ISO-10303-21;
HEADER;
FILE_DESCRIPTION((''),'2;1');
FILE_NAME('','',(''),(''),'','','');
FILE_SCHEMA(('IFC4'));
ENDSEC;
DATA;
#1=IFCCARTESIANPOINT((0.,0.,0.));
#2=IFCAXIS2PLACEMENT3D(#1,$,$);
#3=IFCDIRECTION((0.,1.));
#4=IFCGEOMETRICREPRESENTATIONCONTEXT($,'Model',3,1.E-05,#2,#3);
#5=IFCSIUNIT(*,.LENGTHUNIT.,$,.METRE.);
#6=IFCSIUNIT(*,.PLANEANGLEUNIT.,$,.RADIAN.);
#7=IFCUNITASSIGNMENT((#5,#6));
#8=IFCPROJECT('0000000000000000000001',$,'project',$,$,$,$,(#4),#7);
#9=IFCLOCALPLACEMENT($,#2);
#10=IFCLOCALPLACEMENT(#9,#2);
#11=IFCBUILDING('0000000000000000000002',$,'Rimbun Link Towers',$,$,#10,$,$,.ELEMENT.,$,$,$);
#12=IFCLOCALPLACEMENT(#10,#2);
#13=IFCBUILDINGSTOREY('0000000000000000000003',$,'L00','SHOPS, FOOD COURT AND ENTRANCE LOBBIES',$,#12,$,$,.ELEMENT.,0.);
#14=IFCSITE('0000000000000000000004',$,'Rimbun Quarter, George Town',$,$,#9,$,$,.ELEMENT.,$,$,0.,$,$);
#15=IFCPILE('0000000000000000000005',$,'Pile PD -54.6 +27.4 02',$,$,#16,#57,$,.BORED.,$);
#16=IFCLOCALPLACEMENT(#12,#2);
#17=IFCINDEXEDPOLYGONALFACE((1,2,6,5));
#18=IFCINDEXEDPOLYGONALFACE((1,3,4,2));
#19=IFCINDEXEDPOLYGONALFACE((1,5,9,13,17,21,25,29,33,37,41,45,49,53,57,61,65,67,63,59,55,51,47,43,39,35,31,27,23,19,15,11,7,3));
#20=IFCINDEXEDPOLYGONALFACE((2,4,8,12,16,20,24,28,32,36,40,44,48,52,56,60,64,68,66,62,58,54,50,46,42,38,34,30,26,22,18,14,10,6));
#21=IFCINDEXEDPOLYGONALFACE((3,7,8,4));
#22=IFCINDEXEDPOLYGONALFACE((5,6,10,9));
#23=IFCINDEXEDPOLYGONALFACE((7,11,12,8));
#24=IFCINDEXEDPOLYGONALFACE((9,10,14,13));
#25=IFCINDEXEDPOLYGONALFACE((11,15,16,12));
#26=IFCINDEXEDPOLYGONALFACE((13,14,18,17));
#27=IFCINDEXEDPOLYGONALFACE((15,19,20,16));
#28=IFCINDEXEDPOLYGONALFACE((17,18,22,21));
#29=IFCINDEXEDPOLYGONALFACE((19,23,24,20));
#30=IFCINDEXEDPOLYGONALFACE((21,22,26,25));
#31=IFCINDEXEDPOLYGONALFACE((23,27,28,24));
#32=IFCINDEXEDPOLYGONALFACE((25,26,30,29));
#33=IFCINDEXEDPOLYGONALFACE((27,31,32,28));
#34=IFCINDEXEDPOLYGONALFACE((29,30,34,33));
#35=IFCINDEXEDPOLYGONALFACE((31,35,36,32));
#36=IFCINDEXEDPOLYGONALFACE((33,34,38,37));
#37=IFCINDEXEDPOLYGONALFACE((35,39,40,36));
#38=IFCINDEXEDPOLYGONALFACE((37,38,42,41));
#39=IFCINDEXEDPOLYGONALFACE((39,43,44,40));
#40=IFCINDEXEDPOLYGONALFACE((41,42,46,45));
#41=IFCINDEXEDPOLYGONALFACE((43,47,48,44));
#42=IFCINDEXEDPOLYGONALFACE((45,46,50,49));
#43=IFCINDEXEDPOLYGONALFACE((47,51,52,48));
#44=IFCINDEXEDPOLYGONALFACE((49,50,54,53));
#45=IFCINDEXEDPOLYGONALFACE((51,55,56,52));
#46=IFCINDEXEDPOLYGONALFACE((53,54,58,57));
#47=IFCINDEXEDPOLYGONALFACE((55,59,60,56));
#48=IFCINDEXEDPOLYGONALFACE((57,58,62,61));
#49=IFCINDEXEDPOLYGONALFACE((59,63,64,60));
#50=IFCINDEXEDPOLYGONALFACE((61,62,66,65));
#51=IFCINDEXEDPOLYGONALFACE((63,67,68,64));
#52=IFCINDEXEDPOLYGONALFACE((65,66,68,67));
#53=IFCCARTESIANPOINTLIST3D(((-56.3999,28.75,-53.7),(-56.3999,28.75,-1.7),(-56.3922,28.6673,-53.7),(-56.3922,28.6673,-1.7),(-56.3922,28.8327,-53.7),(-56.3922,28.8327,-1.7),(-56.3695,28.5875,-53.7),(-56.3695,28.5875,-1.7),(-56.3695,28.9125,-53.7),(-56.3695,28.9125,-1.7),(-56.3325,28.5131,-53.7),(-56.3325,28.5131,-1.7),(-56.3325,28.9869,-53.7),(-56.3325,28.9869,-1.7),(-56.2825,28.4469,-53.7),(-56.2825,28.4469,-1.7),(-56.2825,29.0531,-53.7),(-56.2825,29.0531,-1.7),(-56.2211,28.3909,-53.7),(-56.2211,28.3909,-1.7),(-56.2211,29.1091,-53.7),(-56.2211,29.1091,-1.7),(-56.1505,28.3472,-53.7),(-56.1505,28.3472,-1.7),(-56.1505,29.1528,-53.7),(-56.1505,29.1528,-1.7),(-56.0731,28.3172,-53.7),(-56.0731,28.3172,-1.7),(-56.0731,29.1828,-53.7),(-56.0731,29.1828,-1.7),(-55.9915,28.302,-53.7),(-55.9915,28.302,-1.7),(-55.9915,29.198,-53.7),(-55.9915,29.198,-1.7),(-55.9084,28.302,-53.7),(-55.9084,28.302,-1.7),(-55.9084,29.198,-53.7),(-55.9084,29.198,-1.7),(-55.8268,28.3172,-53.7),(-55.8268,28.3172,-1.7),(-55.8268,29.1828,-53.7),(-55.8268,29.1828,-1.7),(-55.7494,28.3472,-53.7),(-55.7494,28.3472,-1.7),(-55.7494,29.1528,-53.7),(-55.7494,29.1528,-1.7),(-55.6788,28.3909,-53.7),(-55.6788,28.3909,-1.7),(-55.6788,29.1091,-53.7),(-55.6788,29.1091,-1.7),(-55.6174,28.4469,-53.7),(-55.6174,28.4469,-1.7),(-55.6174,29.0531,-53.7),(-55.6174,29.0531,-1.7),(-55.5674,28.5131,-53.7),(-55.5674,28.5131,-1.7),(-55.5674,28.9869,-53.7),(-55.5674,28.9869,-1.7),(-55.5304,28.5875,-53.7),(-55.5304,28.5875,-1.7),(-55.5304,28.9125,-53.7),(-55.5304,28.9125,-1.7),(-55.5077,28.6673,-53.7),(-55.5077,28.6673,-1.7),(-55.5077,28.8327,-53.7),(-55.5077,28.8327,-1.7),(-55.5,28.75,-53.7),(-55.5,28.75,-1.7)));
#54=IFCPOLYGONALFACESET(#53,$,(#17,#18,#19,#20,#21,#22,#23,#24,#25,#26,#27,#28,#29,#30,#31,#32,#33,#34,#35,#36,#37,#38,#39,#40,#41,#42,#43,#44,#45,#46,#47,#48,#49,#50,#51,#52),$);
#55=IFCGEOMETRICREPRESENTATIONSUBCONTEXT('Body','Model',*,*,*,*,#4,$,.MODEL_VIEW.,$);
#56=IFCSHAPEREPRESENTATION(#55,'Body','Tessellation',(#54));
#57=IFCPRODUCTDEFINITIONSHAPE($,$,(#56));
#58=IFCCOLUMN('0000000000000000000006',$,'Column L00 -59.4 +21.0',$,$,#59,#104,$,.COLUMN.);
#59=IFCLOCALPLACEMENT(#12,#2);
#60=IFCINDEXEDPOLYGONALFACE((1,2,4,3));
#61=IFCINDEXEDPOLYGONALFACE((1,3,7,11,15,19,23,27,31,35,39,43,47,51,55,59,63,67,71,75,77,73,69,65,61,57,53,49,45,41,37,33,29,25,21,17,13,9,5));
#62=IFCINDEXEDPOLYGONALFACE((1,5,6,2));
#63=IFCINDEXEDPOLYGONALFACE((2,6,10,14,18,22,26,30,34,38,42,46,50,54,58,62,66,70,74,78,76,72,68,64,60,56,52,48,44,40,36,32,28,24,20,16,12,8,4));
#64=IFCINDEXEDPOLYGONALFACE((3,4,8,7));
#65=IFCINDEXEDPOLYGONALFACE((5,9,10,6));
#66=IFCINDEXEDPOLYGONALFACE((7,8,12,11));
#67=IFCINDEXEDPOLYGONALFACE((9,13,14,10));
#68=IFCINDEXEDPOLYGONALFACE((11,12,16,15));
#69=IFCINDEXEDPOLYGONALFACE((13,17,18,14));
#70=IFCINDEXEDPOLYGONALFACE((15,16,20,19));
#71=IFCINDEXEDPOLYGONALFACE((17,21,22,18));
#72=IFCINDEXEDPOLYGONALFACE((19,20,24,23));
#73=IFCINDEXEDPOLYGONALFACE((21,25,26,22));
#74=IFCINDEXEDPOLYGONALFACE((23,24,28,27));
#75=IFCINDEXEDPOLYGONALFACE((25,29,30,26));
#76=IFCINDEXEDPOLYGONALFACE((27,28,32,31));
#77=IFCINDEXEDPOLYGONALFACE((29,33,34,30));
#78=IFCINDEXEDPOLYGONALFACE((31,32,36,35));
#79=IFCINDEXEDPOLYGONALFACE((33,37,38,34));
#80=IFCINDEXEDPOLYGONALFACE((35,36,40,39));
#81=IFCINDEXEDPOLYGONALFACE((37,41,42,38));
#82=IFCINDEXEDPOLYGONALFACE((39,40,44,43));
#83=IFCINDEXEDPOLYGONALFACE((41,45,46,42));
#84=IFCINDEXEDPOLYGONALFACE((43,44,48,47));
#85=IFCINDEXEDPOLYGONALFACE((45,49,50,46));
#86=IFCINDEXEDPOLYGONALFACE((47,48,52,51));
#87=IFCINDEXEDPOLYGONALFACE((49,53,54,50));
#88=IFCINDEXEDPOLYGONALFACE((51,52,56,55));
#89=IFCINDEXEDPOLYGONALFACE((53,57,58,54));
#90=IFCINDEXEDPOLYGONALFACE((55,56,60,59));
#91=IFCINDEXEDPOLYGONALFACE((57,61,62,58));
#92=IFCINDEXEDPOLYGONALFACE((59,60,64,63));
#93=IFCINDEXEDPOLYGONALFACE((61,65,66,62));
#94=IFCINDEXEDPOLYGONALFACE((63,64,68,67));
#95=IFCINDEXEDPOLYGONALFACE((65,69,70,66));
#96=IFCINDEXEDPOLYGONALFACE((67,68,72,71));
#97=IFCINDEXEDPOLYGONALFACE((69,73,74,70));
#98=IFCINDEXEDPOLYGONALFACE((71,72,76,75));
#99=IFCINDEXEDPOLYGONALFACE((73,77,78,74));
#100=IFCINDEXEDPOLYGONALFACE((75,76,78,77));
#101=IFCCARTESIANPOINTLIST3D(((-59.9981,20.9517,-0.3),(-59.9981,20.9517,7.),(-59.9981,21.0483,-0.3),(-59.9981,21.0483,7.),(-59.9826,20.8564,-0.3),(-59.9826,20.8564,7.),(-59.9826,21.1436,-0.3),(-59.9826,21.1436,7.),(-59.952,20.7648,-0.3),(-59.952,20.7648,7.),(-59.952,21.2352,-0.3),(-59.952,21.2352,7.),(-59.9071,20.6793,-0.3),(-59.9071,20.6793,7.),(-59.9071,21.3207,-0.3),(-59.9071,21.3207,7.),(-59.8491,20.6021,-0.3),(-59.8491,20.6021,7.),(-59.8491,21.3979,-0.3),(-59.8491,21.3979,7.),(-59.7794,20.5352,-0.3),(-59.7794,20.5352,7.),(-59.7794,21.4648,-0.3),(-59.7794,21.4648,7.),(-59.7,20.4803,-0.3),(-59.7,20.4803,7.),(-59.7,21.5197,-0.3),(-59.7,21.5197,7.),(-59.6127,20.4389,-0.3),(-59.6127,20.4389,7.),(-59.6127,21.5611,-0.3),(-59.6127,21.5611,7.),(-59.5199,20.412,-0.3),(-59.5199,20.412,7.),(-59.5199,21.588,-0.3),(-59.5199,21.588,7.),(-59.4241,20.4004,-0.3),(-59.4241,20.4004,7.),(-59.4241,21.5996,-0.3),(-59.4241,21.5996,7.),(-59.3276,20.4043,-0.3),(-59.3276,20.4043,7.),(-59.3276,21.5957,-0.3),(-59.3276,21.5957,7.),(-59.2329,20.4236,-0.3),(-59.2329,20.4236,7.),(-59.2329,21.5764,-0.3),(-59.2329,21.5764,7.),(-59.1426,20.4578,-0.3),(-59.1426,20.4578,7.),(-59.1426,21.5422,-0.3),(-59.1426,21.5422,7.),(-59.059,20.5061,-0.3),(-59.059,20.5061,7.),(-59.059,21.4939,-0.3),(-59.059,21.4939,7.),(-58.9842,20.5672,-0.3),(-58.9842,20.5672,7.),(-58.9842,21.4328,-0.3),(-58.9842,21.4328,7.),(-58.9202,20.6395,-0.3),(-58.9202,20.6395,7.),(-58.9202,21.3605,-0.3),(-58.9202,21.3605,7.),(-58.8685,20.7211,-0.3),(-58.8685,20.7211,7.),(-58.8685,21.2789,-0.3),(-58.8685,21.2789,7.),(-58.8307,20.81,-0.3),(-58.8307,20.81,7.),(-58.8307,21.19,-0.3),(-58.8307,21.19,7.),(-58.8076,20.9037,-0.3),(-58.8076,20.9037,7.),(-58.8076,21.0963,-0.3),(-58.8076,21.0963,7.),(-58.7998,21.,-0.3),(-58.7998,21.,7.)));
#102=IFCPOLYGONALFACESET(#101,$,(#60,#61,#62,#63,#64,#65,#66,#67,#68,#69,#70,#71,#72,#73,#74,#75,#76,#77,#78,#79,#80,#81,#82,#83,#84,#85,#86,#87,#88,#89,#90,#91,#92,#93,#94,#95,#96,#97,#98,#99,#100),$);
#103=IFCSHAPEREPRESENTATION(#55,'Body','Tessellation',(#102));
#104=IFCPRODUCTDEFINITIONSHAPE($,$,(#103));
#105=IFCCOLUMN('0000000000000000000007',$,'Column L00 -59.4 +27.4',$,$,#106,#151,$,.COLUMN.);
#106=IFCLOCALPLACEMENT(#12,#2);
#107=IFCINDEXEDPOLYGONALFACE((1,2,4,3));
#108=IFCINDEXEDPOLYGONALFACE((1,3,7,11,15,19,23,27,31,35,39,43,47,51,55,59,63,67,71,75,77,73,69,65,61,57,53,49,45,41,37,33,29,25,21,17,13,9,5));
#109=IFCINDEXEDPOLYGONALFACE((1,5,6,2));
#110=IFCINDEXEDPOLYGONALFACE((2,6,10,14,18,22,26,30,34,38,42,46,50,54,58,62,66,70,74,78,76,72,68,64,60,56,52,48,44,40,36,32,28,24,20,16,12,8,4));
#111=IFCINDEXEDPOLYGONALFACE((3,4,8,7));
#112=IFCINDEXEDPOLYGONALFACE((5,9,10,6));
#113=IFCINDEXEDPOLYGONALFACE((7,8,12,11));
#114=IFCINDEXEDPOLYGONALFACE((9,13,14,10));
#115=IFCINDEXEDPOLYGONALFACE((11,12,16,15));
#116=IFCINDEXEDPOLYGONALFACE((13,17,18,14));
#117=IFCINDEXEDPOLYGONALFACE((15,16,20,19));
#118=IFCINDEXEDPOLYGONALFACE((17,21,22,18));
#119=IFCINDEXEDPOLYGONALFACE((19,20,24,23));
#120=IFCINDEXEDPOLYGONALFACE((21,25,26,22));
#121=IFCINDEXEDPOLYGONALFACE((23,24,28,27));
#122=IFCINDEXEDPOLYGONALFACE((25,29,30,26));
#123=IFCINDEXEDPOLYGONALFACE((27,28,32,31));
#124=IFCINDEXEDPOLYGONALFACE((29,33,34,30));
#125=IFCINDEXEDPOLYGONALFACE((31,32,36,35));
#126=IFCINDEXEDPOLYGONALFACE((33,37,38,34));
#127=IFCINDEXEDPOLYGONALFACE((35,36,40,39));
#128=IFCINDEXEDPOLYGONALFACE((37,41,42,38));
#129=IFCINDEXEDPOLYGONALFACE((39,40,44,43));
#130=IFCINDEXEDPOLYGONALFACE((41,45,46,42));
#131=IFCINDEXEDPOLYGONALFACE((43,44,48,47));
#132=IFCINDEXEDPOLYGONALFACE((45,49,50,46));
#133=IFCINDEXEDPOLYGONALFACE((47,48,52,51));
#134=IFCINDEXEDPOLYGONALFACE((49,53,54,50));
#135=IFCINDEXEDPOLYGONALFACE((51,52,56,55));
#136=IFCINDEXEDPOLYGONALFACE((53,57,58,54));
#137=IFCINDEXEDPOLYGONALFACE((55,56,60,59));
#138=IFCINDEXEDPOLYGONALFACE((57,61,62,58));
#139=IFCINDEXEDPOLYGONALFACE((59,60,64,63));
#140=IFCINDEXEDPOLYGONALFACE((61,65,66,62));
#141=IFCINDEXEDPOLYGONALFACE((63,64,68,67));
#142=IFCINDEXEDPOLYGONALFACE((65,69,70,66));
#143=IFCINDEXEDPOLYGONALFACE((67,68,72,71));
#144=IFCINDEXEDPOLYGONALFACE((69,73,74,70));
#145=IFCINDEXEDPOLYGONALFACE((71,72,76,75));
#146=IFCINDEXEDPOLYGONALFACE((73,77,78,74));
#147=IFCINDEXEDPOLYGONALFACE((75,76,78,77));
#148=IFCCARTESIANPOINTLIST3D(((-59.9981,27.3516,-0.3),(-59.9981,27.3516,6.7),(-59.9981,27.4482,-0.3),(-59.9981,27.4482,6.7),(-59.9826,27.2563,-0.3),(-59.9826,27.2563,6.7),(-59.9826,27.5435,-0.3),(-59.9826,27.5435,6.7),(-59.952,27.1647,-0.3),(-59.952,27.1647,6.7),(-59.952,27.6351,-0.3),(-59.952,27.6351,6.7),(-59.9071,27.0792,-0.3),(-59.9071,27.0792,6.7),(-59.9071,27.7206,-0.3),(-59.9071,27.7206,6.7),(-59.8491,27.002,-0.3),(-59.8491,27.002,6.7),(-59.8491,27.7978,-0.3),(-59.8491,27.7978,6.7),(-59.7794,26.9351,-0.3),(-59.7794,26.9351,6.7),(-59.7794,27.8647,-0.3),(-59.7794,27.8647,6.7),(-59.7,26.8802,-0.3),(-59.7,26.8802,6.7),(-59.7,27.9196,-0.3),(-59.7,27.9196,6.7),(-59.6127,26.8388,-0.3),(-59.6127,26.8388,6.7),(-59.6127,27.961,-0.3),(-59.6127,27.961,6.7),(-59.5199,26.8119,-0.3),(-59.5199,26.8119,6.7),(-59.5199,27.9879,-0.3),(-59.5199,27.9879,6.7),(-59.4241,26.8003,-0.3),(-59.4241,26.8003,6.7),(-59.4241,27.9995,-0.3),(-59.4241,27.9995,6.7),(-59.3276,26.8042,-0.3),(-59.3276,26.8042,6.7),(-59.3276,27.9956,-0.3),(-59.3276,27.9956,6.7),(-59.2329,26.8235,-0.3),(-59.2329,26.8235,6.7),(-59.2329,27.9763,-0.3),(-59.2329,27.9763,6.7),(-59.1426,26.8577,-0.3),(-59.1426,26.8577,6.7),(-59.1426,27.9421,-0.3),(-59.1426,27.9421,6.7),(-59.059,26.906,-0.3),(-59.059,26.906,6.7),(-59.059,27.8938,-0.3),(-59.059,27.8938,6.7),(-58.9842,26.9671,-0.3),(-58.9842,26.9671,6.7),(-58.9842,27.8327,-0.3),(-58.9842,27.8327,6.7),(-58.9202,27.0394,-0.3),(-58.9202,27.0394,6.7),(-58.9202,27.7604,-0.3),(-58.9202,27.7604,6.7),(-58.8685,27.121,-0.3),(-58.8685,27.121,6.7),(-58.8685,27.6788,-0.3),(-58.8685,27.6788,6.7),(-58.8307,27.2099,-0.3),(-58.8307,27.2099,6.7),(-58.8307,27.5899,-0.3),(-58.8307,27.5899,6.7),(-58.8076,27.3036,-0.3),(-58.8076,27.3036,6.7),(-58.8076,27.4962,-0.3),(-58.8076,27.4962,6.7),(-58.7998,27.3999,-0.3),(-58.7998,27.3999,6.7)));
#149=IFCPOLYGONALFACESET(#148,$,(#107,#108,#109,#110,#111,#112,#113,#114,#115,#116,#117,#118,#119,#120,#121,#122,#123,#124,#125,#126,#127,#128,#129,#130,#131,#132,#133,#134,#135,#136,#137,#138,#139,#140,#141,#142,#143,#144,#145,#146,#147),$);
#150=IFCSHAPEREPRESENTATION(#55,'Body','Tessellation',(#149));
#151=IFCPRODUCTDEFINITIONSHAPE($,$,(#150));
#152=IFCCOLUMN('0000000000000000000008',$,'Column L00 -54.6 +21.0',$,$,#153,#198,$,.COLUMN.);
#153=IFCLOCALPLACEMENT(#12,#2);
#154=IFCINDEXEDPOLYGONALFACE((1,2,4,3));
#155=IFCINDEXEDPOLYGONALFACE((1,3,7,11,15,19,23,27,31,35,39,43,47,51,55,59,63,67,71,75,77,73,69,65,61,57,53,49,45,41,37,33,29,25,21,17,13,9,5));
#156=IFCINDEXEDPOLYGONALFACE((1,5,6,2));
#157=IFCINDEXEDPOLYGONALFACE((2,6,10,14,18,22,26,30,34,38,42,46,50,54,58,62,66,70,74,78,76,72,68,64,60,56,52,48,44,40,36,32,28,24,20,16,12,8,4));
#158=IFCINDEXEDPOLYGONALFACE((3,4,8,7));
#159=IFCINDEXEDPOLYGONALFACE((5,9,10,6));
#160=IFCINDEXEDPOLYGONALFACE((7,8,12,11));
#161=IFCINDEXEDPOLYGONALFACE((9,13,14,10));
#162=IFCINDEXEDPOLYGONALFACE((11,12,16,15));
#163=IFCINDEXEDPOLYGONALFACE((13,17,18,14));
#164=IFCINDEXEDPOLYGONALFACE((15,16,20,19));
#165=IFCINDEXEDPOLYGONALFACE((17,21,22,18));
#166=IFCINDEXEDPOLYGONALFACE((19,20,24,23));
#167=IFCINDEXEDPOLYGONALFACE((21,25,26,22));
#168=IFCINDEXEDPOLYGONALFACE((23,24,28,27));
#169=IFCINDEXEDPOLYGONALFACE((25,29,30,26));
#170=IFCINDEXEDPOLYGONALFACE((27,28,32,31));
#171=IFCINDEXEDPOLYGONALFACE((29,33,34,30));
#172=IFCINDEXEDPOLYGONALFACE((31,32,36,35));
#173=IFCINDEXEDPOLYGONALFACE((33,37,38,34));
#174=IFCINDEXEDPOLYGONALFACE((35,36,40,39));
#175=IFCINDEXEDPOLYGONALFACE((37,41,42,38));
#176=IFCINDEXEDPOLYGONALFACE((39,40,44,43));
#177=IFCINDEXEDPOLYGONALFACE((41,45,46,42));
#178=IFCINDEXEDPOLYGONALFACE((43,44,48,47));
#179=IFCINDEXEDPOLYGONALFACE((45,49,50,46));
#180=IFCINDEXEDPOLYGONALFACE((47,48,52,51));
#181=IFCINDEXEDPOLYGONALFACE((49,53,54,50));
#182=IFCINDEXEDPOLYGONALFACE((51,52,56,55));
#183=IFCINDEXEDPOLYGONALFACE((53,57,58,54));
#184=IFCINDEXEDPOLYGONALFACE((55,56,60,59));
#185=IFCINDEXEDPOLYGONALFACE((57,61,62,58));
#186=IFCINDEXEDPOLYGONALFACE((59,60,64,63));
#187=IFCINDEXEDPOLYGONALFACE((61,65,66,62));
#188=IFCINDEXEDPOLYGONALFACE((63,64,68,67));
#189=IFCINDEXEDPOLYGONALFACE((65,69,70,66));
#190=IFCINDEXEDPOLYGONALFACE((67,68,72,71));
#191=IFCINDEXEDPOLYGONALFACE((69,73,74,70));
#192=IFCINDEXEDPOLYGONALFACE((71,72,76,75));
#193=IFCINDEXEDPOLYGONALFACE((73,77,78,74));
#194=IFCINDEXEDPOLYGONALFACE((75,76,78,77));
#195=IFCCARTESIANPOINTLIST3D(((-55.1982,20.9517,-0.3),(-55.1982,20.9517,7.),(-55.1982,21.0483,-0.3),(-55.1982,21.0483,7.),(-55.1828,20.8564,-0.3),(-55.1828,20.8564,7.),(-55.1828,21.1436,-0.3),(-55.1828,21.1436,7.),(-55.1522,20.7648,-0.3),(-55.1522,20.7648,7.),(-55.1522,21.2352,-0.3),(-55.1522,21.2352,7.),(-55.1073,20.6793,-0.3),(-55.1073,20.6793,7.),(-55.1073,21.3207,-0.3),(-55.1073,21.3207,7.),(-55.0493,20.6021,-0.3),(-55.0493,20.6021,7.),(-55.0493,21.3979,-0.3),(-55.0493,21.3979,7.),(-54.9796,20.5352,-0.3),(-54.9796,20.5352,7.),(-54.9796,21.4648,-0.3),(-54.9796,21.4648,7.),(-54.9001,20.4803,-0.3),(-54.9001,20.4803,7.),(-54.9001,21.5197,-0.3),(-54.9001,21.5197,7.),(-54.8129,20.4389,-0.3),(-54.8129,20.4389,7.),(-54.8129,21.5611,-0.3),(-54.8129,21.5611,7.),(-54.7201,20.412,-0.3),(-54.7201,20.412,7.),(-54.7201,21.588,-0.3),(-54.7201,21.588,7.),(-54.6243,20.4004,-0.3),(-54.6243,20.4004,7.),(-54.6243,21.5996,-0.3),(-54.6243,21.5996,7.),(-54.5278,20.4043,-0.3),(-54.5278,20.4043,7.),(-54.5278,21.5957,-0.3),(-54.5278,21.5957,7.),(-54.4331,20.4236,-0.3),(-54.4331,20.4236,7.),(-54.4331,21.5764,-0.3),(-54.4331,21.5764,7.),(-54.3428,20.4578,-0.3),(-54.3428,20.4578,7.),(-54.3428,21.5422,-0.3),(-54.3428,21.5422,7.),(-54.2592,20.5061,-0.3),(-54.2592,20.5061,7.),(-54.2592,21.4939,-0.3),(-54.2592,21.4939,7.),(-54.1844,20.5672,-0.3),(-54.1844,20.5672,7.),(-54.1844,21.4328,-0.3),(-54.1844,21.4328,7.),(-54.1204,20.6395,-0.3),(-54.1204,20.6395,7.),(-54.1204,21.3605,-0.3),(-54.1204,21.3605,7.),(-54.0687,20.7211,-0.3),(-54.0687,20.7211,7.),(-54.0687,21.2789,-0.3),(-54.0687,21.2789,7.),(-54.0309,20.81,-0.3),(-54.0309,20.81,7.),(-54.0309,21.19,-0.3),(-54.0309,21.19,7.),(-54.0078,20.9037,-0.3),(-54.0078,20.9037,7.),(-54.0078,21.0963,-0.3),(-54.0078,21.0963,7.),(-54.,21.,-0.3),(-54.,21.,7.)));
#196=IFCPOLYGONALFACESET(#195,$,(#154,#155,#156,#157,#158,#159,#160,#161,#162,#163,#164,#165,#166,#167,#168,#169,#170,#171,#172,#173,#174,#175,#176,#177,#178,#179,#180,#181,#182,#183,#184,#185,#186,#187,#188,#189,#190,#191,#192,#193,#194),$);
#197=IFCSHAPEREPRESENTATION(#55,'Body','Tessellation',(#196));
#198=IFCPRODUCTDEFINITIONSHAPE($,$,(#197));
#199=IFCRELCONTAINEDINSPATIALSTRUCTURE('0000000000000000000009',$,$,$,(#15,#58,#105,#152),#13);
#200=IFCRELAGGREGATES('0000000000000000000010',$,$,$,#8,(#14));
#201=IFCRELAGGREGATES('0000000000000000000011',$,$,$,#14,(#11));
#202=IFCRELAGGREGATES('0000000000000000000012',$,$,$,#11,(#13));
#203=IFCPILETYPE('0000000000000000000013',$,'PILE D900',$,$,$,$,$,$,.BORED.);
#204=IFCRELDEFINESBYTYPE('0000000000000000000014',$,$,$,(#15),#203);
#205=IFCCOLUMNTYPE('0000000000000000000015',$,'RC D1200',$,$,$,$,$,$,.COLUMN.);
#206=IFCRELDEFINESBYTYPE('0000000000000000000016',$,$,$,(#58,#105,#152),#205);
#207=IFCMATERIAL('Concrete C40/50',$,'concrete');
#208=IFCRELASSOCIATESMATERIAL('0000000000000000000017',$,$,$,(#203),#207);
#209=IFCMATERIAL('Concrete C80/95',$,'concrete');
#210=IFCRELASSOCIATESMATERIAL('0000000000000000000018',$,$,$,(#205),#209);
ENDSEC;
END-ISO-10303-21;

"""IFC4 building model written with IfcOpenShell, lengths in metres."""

from ifc_helpers import new_model, si_unit, direction, frame, origin, origin_2d, place, context, subcontext, project, spatial, circle, extrude, material, material_profile, profile_set, type_object, element, save


model = new_model("IFC4")

# Units and contexts
model_context = context("Model", 3, precision=1e-05, world=origin(), true_north=direction((0.0, 1.0)))
body_context = subcontext(model_context, "Body", "Model", "MODEL_VIEW")
ifc_project = project(units=[si_unit("LENGTHUNIT", "METRE"), si_unit("PLANEANGLEUNIT", "RADIAN")], contexts=[model_context])

# Site, building, storey
site_placement = place(None, origin())
site = spatial("IfcSite", under=ifc_project, at=site_placement, Name="Rimbun Quarter, George Town", CompositionType="ELEMENT", RefElevation=0.0)
building_placement = place(site_placement, origin())
building = spatial("IfcBuilding", under=site, at=building_placement, Name="Rimbun Link Towers", CompositionType="ELEMENT")
storey_placement = place(building_placement, origin())
storey = spatial("IfcBuildingStorey", under=building, at=storey_placement, Name="L00", Description="SHOPS, FOOD COURT AND ENTRANCE LOBBIES", CompositionType="ELEMENT", Elevation=0.0)

# Pile
ifc_material_1 = material(Name="Concrete C40/50", Category="concrete")
ifc_material_profile_1 = material_profile(ifc_material_1, circle(Radius=0.45, at=origin_2d()), Name="PILE D900")
ifc_profile_set_1 = profile_set([ifc_material_profile_1], Name="Concrete C40/50")
pile_type = type_object("IfcPileType", Name="PILE D900", PredefinedType="BORED", material=ifc_profile_set_1)
for number, where, z_axis, x_axis, name in (
    (1, (-55.95, 28.75, -1.7), (0.0, 0.0, -1.0), (1.0, 0.0, 0.0), "Pile PD -54.6 +27.4 02"),
):
    element("IfcPile", number, at=place(storey_placement, frame(where, z_axis=z_axis, x_axis=x_axis)), inside=storey, type_object=pile_type, Name=name, PredefinedType="BORED", context=body_context, shape_type="SweptSolid", body=[
        extrude(circle(Radius=0.45, at=origin_2d()), origin(), (0.0, 0.0, 1.0), 52.0),
    ])

# Columns
ifc_material_2 = material(Name="Concrete C80/95", Category="concrete")
ifc_material_profile_2 = material_profile(ifc_material_2, circle(Radius=0.6001, at=origin_2d()), Name="RC D1200")
ifc_profile_set_2 = profile_set([ifc_material_profile_2], Name="Concrete C80/95")
column_type = type_object("IfcColumnType", Name="RC D1200", PredefinedType="COLUMN", material=ifc_profile_set_2)
column_1_placement = place(storey_placement, frame((-59.3999, 21.0, -0.3), z_axis=(0.0, 0.0, 1.0), x_axis=(1.0, 0.0, 0.0)))
element("IfcColumn", 2, at=column_1_placement, inside=storey, type_object=column_type, Name="Column L00 -59.4 +21.0", PredefinedType="COLUMN", context=body_context, shape_type="SweptSolid", body=[
    extrude(circle(Radius=0.6001, at=origin_2d()), origin(), (0.0, 0.0, 1.0), 7.3),
])
column_2_placement = place(storey_placement, frame((-59.3999, 27.3999, -0.3), z_axis=(0.0, 0.0, 1.0), x_axis=(1.0, 0.0, 0.0)))
element("IfcColumn", 3, at=column_2_placement, inside=storey, type_object=column_type, Name="Column L00 -59.4 +27.4", PredefinedType="COLUMN", context=body_context, shape_type="SweptSolid", body=[
    extrude(circle(Radius=0.6001, at=origin_2d()), origin(), (0.0, 0.0, 1.0), 7.0),
])
for number, where, z_axis, x_axis, name in (
    (4, (-54.6001, 21.0, -0.3), (0.0, 0.0, 1.0), (1.0, 0.0, 0.0), "Column L00 -54.6 +21.0"),
):
    element("IfcColumn", number, at=place(storey_placement, frame(where, z_axis=z_axis, x_axis=x_axis)), inside=storey, type_object=column_type, Name=name, PredefinedType="COLUMN", context=body_context, shape_type="SweptSolid", body=[
        extrude(circle(Radius=0.6001, at=origin_2d()), origin(), (0.0, 0.0, 1.0), 7.3),
    ])

save(model, "model.ifc")
